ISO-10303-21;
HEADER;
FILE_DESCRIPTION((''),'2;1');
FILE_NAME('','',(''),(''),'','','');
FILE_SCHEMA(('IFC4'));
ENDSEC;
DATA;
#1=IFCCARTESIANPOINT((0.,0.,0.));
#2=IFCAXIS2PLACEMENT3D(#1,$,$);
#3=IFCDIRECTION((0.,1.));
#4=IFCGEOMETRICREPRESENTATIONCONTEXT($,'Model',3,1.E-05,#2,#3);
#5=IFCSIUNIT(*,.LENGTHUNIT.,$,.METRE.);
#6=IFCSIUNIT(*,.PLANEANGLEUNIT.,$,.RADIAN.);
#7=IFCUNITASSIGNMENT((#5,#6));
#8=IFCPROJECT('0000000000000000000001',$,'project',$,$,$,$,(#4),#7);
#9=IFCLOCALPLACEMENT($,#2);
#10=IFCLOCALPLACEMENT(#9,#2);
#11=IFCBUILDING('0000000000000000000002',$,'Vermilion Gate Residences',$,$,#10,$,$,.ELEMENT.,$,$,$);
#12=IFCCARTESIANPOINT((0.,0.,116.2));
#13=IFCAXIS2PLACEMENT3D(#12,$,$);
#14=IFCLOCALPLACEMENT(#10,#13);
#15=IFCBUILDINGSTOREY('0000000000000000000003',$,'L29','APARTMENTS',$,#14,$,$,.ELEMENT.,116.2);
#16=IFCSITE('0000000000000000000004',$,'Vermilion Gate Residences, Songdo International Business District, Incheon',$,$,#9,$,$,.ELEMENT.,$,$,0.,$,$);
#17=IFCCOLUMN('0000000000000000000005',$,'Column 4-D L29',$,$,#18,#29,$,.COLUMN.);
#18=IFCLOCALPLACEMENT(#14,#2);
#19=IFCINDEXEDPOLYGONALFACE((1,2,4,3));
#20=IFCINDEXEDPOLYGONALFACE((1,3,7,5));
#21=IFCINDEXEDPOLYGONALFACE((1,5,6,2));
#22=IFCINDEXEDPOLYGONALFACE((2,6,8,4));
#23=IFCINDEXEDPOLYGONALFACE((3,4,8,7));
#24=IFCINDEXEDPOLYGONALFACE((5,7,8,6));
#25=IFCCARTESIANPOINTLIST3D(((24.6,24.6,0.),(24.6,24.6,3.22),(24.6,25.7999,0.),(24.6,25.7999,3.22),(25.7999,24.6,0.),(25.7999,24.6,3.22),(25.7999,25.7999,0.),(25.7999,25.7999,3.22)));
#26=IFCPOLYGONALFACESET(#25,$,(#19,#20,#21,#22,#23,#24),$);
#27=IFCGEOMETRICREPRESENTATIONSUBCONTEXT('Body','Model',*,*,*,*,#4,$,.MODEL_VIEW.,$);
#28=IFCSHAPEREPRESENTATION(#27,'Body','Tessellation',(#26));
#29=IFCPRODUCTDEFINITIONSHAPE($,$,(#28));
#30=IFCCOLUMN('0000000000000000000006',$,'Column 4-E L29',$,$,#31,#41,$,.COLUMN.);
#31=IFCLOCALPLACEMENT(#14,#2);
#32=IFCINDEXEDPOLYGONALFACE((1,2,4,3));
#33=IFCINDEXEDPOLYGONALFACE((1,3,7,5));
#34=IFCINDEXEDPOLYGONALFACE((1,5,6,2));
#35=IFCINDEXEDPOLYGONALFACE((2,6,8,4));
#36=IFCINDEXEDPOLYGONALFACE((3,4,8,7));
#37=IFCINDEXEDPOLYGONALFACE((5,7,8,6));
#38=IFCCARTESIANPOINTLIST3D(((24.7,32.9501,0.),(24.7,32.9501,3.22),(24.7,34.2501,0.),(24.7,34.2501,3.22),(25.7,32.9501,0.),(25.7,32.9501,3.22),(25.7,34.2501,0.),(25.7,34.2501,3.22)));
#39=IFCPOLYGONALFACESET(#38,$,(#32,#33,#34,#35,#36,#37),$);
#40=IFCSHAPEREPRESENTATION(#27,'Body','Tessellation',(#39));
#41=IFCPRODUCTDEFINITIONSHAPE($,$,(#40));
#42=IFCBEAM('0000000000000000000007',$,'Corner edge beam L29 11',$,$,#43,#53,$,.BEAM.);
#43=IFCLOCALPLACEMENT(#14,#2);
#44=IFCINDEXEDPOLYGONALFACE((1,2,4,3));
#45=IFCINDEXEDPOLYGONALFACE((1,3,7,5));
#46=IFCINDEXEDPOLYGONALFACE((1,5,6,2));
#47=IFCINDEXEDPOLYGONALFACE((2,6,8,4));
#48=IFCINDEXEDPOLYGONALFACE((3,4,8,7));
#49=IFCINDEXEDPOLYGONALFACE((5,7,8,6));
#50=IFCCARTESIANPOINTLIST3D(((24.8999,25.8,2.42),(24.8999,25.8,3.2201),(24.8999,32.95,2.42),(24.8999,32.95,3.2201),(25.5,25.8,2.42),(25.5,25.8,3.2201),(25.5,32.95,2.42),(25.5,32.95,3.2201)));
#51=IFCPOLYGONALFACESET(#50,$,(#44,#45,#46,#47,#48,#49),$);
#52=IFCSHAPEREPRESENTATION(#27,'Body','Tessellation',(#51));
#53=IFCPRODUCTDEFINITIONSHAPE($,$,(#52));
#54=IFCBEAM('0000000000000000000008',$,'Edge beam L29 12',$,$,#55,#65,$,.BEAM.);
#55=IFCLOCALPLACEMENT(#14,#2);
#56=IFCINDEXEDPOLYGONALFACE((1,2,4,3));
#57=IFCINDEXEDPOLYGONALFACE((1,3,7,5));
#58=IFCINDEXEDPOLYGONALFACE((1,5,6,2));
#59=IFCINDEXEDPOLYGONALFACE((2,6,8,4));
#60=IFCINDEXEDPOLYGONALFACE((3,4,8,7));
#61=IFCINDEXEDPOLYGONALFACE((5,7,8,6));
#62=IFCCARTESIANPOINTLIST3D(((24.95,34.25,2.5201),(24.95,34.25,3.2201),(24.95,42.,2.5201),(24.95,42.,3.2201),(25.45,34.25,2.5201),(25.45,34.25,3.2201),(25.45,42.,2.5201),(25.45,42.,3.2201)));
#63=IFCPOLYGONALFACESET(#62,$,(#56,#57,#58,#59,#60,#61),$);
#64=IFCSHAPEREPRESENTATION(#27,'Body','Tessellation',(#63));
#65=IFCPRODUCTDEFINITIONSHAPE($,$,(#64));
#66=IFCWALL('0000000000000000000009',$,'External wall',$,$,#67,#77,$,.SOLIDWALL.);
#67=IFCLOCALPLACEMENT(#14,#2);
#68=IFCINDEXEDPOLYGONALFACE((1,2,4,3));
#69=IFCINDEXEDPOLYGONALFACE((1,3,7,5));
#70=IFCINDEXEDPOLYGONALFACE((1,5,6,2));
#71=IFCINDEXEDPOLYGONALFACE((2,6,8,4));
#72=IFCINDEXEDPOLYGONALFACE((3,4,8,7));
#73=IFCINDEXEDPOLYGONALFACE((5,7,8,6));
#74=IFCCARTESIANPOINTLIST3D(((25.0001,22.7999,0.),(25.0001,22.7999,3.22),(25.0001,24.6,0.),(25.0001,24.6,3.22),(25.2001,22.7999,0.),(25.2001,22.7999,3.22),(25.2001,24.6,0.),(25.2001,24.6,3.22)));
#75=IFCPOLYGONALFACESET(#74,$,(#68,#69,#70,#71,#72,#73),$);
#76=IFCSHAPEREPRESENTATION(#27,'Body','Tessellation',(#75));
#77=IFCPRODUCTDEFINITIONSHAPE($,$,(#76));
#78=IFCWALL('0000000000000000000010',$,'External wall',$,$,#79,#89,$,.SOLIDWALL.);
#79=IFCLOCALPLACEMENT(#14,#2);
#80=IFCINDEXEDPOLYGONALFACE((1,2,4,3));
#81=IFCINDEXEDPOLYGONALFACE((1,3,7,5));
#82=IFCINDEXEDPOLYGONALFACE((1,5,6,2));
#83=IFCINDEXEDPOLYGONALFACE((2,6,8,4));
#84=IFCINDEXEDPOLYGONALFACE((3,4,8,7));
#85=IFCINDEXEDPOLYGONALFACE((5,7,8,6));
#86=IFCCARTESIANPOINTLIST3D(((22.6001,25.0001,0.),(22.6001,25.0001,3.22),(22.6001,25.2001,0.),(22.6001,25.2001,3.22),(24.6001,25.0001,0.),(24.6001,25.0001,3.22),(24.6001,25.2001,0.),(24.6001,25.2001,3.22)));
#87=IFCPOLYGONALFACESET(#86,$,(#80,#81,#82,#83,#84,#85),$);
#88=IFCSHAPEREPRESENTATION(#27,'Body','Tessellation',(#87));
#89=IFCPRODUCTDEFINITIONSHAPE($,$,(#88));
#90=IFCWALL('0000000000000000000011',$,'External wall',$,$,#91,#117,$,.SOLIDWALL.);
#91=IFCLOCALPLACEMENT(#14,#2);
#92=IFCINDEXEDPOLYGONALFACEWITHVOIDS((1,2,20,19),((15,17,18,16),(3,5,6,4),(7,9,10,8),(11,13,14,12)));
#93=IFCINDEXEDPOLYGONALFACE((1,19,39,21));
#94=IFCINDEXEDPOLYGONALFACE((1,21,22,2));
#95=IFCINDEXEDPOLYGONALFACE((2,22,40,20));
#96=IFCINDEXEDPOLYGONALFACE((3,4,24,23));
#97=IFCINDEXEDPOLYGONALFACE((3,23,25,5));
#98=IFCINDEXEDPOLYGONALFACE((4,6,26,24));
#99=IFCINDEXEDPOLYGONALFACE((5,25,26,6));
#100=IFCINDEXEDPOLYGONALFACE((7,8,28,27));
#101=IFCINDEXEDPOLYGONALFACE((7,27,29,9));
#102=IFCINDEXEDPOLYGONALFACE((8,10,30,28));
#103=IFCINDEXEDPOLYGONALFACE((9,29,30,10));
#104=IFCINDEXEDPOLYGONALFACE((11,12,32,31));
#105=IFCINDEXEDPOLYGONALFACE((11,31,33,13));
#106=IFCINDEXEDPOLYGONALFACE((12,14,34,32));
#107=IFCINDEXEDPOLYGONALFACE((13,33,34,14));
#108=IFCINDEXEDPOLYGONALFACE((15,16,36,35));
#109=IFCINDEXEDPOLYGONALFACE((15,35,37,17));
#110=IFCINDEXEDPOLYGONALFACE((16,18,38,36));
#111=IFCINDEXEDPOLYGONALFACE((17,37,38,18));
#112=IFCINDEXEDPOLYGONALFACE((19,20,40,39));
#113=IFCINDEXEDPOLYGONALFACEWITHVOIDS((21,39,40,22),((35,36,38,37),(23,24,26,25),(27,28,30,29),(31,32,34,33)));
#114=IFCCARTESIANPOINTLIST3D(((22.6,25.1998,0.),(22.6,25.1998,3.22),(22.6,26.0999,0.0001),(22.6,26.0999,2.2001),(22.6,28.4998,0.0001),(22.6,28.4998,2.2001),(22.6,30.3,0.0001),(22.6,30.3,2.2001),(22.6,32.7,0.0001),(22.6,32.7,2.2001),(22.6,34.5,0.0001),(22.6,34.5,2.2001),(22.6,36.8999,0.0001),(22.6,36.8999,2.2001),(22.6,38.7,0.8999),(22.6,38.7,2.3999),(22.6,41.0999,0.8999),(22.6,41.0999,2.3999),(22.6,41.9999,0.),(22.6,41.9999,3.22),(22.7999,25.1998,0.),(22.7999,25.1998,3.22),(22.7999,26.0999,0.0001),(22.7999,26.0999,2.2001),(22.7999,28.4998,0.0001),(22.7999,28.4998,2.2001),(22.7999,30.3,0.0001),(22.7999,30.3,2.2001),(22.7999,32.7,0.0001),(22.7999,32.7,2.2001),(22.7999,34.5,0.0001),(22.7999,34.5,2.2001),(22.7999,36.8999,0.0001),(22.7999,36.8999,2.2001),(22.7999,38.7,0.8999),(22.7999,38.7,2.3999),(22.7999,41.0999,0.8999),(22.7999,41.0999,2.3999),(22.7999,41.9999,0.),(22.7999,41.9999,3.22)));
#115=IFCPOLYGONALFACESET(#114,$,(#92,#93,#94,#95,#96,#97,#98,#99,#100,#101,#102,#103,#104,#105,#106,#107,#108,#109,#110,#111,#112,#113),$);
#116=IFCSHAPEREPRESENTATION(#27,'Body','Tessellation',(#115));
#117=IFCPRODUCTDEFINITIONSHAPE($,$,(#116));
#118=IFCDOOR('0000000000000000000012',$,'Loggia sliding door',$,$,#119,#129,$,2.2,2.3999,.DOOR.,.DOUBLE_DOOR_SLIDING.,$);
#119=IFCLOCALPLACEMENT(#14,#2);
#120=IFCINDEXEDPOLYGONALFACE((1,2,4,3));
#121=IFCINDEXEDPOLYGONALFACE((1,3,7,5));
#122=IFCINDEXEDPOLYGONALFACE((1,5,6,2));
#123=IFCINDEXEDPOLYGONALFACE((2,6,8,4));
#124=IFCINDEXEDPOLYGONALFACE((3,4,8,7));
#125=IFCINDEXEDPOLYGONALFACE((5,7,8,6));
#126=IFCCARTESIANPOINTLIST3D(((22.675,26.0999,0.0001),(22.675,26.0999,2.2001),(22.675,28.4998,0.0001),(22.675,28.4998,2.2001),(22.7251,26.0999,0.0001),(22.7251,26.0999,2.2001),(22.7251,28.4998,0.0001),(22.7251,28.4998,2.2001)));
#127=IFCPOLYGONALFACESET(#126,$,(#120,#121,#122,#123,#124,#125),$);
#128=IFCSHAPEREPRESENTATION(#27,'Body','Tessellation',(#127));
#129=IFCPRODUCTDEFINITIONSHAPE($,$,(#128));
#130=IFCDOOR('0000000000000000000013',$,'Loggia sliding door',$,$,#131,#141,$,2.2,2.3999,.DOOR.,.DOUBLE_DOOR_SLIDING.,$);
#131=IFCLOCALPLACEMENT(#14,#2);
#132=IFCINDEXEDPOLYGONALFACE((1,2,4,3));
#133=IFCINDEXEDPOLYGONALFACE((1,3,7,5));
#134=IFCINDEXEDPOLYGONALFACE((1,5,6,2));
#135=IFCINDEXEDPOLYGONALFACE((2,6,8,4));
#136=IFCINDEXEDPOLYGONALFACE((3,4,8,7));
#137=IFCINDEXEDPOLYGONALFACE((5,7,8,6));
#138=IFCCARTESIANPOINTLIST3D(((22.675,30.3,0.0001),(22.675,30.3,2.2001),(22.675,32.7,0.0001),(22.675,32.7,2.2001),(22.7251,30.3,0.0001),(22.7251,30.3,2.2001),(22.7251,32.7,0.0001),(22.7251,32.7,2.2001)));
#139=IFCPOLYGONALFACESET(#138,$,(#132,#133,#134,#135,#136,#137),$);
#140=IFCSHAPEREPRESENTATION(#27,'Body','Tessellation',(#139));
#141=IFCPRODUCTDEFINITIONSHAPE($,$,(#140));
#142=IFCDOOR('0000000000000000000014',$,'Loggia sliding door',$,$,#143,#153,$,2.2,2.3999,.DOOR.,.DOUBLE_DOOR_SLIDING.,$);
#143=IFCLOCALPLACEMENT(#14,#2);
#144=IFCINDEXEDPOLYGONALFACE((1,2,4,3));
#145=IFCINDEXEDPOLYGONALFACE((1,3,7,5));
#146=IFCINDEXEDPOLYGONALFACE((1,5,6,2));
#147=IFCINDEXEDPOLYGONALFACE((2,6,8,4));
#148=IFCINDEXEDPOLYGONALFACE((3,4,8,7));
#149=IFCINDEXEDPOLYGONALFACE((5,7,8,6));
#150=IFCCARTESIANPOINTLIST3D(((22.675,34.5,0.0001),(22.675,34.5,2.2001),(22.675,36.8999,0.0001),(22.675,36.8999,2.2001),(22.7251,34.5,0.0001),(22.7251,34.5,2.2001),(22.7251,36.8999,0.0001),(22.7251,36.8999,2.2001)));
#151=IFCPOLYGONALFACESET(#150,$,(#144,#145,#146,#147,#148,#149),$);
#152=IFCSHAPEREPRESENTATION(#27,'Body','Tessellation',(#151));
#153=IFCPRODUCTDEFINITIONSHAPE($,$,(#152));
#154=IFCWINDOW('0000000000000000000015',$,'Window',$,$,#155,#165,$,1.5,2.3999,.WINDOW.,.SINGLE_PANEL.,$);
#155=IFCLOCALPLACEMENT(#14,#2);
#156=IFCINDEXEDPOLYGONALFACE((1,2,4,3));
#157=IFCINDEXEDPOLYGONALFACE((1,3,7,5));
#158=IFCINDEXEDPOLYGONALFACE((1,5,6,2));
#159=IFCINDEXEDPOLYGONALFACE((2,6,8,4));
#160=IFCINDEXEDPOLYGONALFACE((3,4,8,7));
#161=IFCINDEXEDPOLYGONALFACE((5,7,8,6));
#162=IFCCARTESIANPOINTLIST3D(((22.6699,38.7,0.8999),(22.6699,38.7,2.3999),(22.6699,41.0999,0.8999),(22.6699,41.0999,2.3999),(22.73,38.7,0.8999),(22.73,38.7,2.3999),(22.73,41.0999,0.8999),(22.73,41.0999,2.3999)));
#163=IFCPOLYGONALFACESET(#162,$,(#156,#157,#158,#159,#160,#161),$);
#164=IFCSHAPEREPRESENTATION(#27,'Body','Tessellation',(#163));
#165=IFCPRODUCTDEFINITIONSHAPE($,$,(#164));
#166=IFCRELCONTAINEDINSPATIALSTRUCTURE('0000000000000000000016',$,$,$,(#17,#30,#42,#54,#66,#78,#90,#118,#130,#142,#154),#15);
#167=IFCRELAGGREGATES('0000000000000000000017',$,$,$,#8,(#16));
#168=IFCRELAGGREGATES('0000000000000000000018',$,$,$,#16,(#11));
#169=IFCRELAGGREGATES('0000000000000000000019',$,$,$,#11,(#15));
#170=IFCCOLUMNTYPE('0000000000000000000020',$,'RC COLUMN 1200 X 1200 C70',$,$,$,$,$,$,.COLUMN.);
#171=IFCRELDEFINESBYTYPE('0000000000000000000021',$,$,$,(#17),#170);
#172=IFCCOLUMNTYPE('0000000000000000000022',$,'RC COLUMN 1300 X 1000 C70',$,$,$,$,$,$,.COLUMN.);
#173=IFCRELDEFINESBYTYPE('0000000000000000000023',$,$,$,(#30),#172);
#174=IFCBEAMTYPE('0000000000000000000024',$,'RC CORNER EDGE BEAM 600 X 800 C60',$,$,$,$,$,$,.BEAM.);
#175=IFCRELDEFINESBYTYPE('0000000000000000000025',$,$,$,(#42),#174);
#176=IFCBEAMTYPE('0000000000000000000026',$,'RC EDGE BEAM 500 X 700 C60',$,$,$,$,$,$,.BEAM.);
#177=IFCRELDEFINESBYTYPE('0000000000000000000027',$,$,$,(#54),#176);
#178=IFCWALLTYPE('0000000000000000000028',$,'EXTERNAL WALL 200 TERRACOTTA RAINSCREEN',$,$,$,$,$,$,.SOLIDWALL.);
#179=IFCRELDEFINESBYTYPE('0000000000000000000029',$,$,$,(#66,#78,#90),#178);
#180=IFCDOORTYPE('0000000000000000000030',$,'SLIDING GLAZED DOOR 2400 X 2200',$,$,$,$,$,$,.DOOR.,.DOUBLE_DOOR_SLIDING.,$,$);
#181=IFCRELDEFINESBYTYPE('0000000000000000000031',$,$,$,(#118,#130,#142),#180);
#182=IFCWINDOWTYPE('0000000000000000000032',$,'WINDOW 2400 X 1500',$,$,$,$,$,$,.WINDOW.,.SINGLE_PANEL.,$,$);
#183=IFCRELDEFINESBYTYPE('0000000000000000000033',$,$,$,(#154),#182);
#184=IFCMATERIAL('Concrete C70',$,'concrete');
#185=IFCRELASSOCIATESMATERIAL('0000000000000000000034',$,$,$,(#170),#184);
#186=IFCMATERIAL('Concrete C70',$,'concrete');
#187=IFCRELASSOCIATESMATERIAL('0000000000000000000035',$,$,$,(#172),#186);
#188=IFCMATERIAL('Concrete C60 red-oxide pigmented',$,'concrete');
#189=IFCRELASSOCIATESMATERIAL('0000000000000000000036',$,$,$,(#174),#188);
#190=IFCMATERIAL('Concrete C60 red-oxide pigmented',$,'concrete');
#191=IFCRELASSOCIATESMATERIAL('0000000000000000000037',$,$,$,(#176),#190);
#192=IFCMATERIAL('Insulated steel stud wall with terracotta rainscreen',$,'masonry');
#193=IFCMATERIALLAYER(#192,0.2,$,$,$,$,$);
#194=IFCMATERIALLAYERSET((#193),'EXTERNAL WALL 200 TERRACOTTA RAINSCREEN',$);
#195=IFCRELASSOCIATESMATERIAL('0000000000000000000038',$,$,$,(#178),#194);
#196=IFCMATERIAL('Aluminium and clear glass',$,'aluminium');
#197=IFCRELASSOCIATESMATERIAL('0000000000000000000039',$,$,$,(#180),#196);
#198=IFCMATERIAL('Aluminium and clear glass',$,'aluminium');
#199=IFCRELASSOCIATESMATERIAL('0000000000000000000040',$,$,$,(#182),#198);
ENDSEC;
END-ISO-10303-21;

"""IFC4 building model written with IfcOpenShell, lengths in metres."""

from ifc_helpers import new_model, si_unit, direction, frame, frame_2d, origin, origin_2d, place, context, subcontext, project, spatial, rectangle, extrude, material, layer, layer_set, material_profile, profile_set, type_object, element, fill, save


model = new_model("IFC4")

# Units and contexts
model_context = context("Model", 3, precision=1e-05, world=origin(), true_north=direction((0.0, 1.0)))
body_context = subcontext(model_context, "Body", "Model", "MODEL_VIEW")
ifc_project = project(units=[si_unit("LENGTHUNIT", "METRE"), si_unit("PLANEANGLEUNIT", "RADIAN")], contexts=[model_context])

# Site, building, storey
site_placement = place(None, origin())
site = spatial("IfcSite", under=ifc_project, at=site_placement, Name="Vermilion Gate Residences, Songdo International Business District, Incheon", CompositionType="ELEMENT", RefElevation=0.0)
building_placement = place(site_placement, origin())
building = spatial("IfcBuilding", under=site, at=building_placement, Name="Vermilion Gate Residences", CompositionType="ELEMENT")
storey_placement = place(building_placement, frame((0.0, 0.0, 116.2)))
storey = spatial("IfcBuildingStorey", under=building, at=storey_placement, Name="L29", Description="APARTMENTS", CompositionType="ELEMENT", Elevation=116.2)

# Columns
ifc_material_1 = material(Name="Concrete C70", Category="concrete")
ifc_material_profile_1 = material_profile(ifc_material_1, rectangle(XDim=1.2, YDim=1.2, at=origin_2d()), Name="RC-1200x1200")
ifc_profile_set_1 = profile_set([ifc_material_profile_1], Name="Concrete C70")
column_type_1 = type_object("IfcColumnType", Name="RC COLUMN 1200 X 1200 C70", PredefinedType="COLUMN", material=ifc_profile_set_1)
column_1_placement = place(storey_placement, frame((25.2, 25.2, 0.0), z_axis=(0.0, 0.0, 1.0), x_axis=(1.0, 0.0, 0.0)))
element("IfcColumn", 1, at=column_1_placement, inside=storey, type_object=column_type_1, Name="Column 4-D L29", PredefinedType="COLUMN", context=body_context, shape_type="SweptSolid", body=[
    extrude(rectangle(XDim=1.2, YDim=1.2, at=origin_2d()), origin(), (0.0, 0.0, 1.0), 3.22),
])
ifc_material_2 = material(Name="Concrete C70", Category="concrete")
ifc_material_profile_2 = material_profile(ifc_material_2, rectangle(XDim=1.3, YDim=1.0, at=origin_2d()), Name="RC-1300x1000")
ifc_profile_set_2 = profile_set([ifc_material_profile_2], Name="Concrete C70")
column_type_2 = type_object("IfcColumnType", Name="RC COLUMN 1300 X 1000 C70", PredefinedType="COLUMN", material=ifc_profile_set_2)
column_2_placement = place(storey_placement, frame((25.2, 33.6001, 0.0), z_axis=(0.0, 0.0, 1.0), x_axis=(0.0, 1.0, 0.0)))
element("IfcColumn", 2, at=column_2_placement, inside=storey, type_object=column_type_2, Name="Column 4-E L29", PredefinedType="COLUMN", context=body_context, shape_type="SweptSolid", body=[
    extrude(rectangle(XDim=1.3, YDim=1.0, at=origin_2d()), origin(), (0.0, 0.0, 1.0), 3.22),
])

# Beams
ifc_material_3 = material(Name="Concrete C60 red-oxide pigmented", Category="concrete")
ifc_material_profile_3 = material_profile(ifc_material_3, rectangle(XDim=0.6001, YDim=0.8, at=origin_2d()), Name="RC-600x800")
ifc_profile_set_3 = profile_set([ifc_material_profile_3], Name="Concrete C60 red-oxide pigmented")
beam_type_1 = type_object("IfcBeamType", Name="RC CORNER EDGE BEAM 600 X 800 C60", PredefinedType="BEAM", material=ifc_profile_set_3)
beam_1_placement = place(storey_placement, frame((25.2, 25.8, 2.8201), z_axis=(0.0, 1.0, 0.0), x_axis=(-1.0, 0.0, 0.0)))
element("IfcBeam", 3, at=beam_1_placement, inside=storey, type_object=beam_type_1, Name="Corner edge beam L29 11", PredefinedType="BEAM", context=body_context, shape_type="SweptSolid", body=[
    extrude(rectangle(XDim=0.6001, YDim=0.8, at=origin_2d()), origin(), (0.0, 0.0, 1.0), 7.1499),
])
ifc_material_4 = material(Name="Concrete C60 red-oxide pigmented", Category="concrete")
ifc_material_profile_4 = material_profile(ifc_material_4, rectangle(XDim=0.5, YDim=0.7, at=origin_2d()), Name="RC-500x700")
ifc_profile_set_4 = profile_set([ifc_material_profile_4], Name="Concrete C60 red-oxide pigmented")
beam_type_2 = type_object("IfcBeamType", Name="RC EDGE BEAM 500 X 700 C60", PredefinedType="BEAM", material=ifc_profile_set_4)
beam_2_placement = place(storey_placement, frame((25.2, 34.25, 2.8701), z_axis=(0.0, 1.0, 0.0), x_axis=(-1.0, 0.0, 0.0)))
element("IfcBeam", 4, at=beam_2_placement, inside=storey, type_object=beam_type_2, Name="Edge beam L29 12", PredefinedType="BEAM", context=body_context, shape_type="SweptSolid", body=[
    extrude(rectangle(XDim=0.5, YDim=0.7, at=origin_2d()), origin(), (0.0, 0.0, 1.0), 7.75),
])

# Walls
ifc_material_5 = material(Name="Insulated steel stud wall with terracotta rainscreen", Category="masonry")
ifc_layer_1 = layer(ifc_material_5, 0.2)
ifc_layer_set_1 = layer_set([ifc_layer_1], Name="EXTERNAL WALL 200 TERRACOTTA RAINSCREEN")
wall_type_1 = type_object("IfcWallType", Name="EXTERNAL WALL 200 TERRACOTTA RAINSCREEN", PredefinedType="SOLIDWALL", material=ifc_layer_set_1)
wall_1_placement = place(storey_placement, frame((25.1001, 22.8, 0.0), z_axis=(0.0, 0.0, 1.0), x_axis=(0.0, 1.0, 0.0)))
element("IfcWall", 5, at=wall_1_placement, inside=storey, type_object=wall_type_1, Name="External wall", PredefinedType="SOLIDWALL", context=body_context, shape_type="SweptSolid", body=[
    extrude(rectangle(XDim=1.8, YDim=0.2, at=frame_2d((0.8999, 0.0))), origin(), (0.0, 0.0, 1.0), 3.22),
])
wall_2_placement = place(storey_placement, frame((24.6001, 25.1001, 0.0), z_axis=(0.0, 0.0, 1.0), x_axis=(-1.0, 0.0, 0.0)))
element("IfcWall", 6, at=wall_2_placement, inside=storey, type_object=wall_type_1, Name="External wall", PredefinedType="SOLIDWALL", context=body_context, shape_type="SweptSolid", body=[
    extrude(rectangle(XDim=2.0, YDim=0.2, at=frame_2d((1.0, 0.0))), origin(), (0.0, 0.0, 1.0), 3.22),
])

# Wall, openings, doors, window
wall_3_placement = place(storey_placement, frame((22.7, 25.2, 0.0), z_axis=(0.0, 0.0, 1.0), x_axis=(0.0, 1.0, 0.0)))
wall_3 = element("IfcWall", 7, at=wall_3_placement, inside=storey, type_object=wall_type_1, Name="External wall", PredefinedType="SOLIDWALL", context=body_context, shape_type="SweptSolid", body=[
    extrude(rectangle(XDim=16.8, YDim=0.2, at=frame_2d((8.3999, 0.0))), origin(), (0.0, 0.0, 1.0), 3.22),
])
opening_1_placement = place(wall_3_placement, frame((0.8999, 0.0, 0.0)))
opening_1 = element("IfcOpeningElement", 8, at=opening_1_placement, cuts=wall_3, PredefinedType="OPENING", context=body_context, shape_type="SweptSolid", body=[
    extrude(rectangle(XDim=2.3999, YDim=2.2, at=frame_2d((1.2, 1.1001))), frame((0.0, 0.1099, 0.0), z_axis=(0.0, -1.0, 0.0), x_axis=(1.0, 0.0, 0.0)), (0.0, 0.0, 1.0), 0.22),
])
opening_2_placement = place(wall_3_placement, frame((5.1001, 0.0, 0.0)))
opening_2 = element("IfcOpeningElement", 9, at=opening_2_placement, cuts=wall_3, PredefinedType="OPENING", context=body_context, shape_type="SweptSolid", body=[
    extrude(rectangle(XDim=2.3999, YDim=2.2, at=frame_2d((1.2, 1.1001))), frame((0.0, 0.1099, 0.0), z_axis=(0.0, -1.0, 0.0), x_axis=(1.0, 0.0, 0.0)), (0.0, 0.0, 1.0), 0.22),
])
opening_3_placement = place(wall_3_placement, frame((9.3, 0.0, 0.0)))
opening_3 = element("IfcOpeningElement", 10, at=opening_3_placement, cuts=wall_3, PredefinedType="OPENING", context=body_context, shape_type="SweptSolid", body=[
    extrude(rectangle(XDim=2.3999, YDim=2.2, at=frame_2d((1.2, 1.1001))), frame((0.0, 0.1099, 0.0), z_axis=(0.0, -1.0, 0.0), x_axis=(1.0, 0.0, 0.0)), (0.0, 0.0, 1.0), 0.22),
])
opening_4_placement = place(wall_3_placement, frame((13.5, 0.0, 0.8999)))
opening_4 = element("IfcOpeningElement", 11, at=opening_4_placement, cuts=wall_3, PredefinedType="OPENING", context=body_context, shape_type="SweptSolid", body=[
    extrude(rectangle(XDim=2.3999, YDim=1.5, at=frame_2d((1.2, 0.75))), frame((0.0, 0.1099, 0.0), z_axis=(0.0, -1.0, 0.0), x_axis=(1.0, 0.0, 0.0)), (0.0, 0.0, 1.0), 0.22),
])
ifc_material_6 = material(Name="Aluminium and clear glass", Category="aluminium")
door_type_1 = type_object("IfcDoorType", Name="SLIDING GLAZED DOOR 2400 X 2200", OperationType="DOUBLE_DOOR_SLIDING", PredefinedType="DOOR", material=ifc_material_6)
door_1_placement = place(opening_1_placement, origin())
door_1 = element("IfcDoor", 12, at=door_1_placement, inside=storey, type_object=door_type_1, Name="Loggia sliding door", OperationType="DOUBLE_DOOR_SLIDING", OverallHeight=2.2, OverallWidth=2.3999, PredefinedType="DOOR", context=body_context, shape_type="SweptSolid", body=[
    extrude(rectangle(XDim=2.3999, YDim=2.2, at=frame_2d((1.2, 1.1001))), frame((0.0, 0.0249, 0.0), z_axis=(0.0, -1.0, 0.0), x_axis=(1.0, 0.0, 0.0)), (0.0, 0.0, 1.0), 0.05),
])
fill(opening_1, door_1)
door_2_placement = place(opening_2_placement, origin())
door_2 = element("IfcDoor", 13, at=door_2_placement, inside=storey, type_object=door_type_1, Name="Loggia sliding door", OperationType="DOUBLE_DOOR_SLIDING", OverallHeight=2.2, OverallWidth=2.3999, PredefinedType="DOOR", context=body_context, shape_type="SweptSolid", body=[
    extrude(rectangle(XDim=2.3999, YDim=2.2, at=frame_2d((1.2, 1.1001))), frame((0.0, 0.0249, 0.0), z_axis=(0.0, -1.0, 0.0), x_axis=(1.0, 0.0, 0.0)), (0.0, 0.0, 1.0), 0.05),
])
fill(opening_2, door_2)
door_3_placement = place(opening_3_placement, origin())
door_3 = element("IfcDoor", 14, at=door_3_placement, inside=storey, type_object=door_type_1, Name="Loggia sliding door", OperationType="DOUBLE_DOOR_SLIDING", OverallHeight=2.2, OverallWidth=2.3999, PredefinedType="DOOR", context=body_context, shape_type="SweptSolid", body=[
    extrude(rectangle(XDim=2.3999, YDim=2.2, at=frame_2d((1.2, 1.1001))), frame((0.0, 0.0249, 0.0), z_axis=(0.0, -1.0, 0.0), x_axis=(1.0, 0.0, 0.0)), (0.0, 0.0, 1.0), 0.05),
])
fill(opening_3, door_3)
ifc_material_7 = material(Name="Aluminium and clear glass", Category="aluminium")
window_type = type_object("IfcWindowType", Name="WINDOW 2400 X 1500", PartitioningType="SINGLE_PANEL", PredefinedType="WINDOW", material=ifc_material_7)
window_placement = place(opening_4_placement, origin())
window = element("IfcWindow", 15, at=window_placement, inside=storey, type_object=window_type, Name="Window", OverallHeight=1.5, OverallWidth=2.3999, PartitioningType="SINGLE_PANEL", PredefinedType="WINDOW", context=body_context, shape_type="SweptSolid", body=[
    extrude(rectangle(XDim=2.3999, YDim=1.5, at=frame_2d((1.2, 0.75))), frame((0.0, 0.03, 0.0), z_axis=(0.0, -1.0, 0.0), x_axis=(1.0, 0.0, 0.0)), (0.0, 0.0, 1.0), 0.0601),
])
fill(opening_4, window)

save(model, "model.ifc")
